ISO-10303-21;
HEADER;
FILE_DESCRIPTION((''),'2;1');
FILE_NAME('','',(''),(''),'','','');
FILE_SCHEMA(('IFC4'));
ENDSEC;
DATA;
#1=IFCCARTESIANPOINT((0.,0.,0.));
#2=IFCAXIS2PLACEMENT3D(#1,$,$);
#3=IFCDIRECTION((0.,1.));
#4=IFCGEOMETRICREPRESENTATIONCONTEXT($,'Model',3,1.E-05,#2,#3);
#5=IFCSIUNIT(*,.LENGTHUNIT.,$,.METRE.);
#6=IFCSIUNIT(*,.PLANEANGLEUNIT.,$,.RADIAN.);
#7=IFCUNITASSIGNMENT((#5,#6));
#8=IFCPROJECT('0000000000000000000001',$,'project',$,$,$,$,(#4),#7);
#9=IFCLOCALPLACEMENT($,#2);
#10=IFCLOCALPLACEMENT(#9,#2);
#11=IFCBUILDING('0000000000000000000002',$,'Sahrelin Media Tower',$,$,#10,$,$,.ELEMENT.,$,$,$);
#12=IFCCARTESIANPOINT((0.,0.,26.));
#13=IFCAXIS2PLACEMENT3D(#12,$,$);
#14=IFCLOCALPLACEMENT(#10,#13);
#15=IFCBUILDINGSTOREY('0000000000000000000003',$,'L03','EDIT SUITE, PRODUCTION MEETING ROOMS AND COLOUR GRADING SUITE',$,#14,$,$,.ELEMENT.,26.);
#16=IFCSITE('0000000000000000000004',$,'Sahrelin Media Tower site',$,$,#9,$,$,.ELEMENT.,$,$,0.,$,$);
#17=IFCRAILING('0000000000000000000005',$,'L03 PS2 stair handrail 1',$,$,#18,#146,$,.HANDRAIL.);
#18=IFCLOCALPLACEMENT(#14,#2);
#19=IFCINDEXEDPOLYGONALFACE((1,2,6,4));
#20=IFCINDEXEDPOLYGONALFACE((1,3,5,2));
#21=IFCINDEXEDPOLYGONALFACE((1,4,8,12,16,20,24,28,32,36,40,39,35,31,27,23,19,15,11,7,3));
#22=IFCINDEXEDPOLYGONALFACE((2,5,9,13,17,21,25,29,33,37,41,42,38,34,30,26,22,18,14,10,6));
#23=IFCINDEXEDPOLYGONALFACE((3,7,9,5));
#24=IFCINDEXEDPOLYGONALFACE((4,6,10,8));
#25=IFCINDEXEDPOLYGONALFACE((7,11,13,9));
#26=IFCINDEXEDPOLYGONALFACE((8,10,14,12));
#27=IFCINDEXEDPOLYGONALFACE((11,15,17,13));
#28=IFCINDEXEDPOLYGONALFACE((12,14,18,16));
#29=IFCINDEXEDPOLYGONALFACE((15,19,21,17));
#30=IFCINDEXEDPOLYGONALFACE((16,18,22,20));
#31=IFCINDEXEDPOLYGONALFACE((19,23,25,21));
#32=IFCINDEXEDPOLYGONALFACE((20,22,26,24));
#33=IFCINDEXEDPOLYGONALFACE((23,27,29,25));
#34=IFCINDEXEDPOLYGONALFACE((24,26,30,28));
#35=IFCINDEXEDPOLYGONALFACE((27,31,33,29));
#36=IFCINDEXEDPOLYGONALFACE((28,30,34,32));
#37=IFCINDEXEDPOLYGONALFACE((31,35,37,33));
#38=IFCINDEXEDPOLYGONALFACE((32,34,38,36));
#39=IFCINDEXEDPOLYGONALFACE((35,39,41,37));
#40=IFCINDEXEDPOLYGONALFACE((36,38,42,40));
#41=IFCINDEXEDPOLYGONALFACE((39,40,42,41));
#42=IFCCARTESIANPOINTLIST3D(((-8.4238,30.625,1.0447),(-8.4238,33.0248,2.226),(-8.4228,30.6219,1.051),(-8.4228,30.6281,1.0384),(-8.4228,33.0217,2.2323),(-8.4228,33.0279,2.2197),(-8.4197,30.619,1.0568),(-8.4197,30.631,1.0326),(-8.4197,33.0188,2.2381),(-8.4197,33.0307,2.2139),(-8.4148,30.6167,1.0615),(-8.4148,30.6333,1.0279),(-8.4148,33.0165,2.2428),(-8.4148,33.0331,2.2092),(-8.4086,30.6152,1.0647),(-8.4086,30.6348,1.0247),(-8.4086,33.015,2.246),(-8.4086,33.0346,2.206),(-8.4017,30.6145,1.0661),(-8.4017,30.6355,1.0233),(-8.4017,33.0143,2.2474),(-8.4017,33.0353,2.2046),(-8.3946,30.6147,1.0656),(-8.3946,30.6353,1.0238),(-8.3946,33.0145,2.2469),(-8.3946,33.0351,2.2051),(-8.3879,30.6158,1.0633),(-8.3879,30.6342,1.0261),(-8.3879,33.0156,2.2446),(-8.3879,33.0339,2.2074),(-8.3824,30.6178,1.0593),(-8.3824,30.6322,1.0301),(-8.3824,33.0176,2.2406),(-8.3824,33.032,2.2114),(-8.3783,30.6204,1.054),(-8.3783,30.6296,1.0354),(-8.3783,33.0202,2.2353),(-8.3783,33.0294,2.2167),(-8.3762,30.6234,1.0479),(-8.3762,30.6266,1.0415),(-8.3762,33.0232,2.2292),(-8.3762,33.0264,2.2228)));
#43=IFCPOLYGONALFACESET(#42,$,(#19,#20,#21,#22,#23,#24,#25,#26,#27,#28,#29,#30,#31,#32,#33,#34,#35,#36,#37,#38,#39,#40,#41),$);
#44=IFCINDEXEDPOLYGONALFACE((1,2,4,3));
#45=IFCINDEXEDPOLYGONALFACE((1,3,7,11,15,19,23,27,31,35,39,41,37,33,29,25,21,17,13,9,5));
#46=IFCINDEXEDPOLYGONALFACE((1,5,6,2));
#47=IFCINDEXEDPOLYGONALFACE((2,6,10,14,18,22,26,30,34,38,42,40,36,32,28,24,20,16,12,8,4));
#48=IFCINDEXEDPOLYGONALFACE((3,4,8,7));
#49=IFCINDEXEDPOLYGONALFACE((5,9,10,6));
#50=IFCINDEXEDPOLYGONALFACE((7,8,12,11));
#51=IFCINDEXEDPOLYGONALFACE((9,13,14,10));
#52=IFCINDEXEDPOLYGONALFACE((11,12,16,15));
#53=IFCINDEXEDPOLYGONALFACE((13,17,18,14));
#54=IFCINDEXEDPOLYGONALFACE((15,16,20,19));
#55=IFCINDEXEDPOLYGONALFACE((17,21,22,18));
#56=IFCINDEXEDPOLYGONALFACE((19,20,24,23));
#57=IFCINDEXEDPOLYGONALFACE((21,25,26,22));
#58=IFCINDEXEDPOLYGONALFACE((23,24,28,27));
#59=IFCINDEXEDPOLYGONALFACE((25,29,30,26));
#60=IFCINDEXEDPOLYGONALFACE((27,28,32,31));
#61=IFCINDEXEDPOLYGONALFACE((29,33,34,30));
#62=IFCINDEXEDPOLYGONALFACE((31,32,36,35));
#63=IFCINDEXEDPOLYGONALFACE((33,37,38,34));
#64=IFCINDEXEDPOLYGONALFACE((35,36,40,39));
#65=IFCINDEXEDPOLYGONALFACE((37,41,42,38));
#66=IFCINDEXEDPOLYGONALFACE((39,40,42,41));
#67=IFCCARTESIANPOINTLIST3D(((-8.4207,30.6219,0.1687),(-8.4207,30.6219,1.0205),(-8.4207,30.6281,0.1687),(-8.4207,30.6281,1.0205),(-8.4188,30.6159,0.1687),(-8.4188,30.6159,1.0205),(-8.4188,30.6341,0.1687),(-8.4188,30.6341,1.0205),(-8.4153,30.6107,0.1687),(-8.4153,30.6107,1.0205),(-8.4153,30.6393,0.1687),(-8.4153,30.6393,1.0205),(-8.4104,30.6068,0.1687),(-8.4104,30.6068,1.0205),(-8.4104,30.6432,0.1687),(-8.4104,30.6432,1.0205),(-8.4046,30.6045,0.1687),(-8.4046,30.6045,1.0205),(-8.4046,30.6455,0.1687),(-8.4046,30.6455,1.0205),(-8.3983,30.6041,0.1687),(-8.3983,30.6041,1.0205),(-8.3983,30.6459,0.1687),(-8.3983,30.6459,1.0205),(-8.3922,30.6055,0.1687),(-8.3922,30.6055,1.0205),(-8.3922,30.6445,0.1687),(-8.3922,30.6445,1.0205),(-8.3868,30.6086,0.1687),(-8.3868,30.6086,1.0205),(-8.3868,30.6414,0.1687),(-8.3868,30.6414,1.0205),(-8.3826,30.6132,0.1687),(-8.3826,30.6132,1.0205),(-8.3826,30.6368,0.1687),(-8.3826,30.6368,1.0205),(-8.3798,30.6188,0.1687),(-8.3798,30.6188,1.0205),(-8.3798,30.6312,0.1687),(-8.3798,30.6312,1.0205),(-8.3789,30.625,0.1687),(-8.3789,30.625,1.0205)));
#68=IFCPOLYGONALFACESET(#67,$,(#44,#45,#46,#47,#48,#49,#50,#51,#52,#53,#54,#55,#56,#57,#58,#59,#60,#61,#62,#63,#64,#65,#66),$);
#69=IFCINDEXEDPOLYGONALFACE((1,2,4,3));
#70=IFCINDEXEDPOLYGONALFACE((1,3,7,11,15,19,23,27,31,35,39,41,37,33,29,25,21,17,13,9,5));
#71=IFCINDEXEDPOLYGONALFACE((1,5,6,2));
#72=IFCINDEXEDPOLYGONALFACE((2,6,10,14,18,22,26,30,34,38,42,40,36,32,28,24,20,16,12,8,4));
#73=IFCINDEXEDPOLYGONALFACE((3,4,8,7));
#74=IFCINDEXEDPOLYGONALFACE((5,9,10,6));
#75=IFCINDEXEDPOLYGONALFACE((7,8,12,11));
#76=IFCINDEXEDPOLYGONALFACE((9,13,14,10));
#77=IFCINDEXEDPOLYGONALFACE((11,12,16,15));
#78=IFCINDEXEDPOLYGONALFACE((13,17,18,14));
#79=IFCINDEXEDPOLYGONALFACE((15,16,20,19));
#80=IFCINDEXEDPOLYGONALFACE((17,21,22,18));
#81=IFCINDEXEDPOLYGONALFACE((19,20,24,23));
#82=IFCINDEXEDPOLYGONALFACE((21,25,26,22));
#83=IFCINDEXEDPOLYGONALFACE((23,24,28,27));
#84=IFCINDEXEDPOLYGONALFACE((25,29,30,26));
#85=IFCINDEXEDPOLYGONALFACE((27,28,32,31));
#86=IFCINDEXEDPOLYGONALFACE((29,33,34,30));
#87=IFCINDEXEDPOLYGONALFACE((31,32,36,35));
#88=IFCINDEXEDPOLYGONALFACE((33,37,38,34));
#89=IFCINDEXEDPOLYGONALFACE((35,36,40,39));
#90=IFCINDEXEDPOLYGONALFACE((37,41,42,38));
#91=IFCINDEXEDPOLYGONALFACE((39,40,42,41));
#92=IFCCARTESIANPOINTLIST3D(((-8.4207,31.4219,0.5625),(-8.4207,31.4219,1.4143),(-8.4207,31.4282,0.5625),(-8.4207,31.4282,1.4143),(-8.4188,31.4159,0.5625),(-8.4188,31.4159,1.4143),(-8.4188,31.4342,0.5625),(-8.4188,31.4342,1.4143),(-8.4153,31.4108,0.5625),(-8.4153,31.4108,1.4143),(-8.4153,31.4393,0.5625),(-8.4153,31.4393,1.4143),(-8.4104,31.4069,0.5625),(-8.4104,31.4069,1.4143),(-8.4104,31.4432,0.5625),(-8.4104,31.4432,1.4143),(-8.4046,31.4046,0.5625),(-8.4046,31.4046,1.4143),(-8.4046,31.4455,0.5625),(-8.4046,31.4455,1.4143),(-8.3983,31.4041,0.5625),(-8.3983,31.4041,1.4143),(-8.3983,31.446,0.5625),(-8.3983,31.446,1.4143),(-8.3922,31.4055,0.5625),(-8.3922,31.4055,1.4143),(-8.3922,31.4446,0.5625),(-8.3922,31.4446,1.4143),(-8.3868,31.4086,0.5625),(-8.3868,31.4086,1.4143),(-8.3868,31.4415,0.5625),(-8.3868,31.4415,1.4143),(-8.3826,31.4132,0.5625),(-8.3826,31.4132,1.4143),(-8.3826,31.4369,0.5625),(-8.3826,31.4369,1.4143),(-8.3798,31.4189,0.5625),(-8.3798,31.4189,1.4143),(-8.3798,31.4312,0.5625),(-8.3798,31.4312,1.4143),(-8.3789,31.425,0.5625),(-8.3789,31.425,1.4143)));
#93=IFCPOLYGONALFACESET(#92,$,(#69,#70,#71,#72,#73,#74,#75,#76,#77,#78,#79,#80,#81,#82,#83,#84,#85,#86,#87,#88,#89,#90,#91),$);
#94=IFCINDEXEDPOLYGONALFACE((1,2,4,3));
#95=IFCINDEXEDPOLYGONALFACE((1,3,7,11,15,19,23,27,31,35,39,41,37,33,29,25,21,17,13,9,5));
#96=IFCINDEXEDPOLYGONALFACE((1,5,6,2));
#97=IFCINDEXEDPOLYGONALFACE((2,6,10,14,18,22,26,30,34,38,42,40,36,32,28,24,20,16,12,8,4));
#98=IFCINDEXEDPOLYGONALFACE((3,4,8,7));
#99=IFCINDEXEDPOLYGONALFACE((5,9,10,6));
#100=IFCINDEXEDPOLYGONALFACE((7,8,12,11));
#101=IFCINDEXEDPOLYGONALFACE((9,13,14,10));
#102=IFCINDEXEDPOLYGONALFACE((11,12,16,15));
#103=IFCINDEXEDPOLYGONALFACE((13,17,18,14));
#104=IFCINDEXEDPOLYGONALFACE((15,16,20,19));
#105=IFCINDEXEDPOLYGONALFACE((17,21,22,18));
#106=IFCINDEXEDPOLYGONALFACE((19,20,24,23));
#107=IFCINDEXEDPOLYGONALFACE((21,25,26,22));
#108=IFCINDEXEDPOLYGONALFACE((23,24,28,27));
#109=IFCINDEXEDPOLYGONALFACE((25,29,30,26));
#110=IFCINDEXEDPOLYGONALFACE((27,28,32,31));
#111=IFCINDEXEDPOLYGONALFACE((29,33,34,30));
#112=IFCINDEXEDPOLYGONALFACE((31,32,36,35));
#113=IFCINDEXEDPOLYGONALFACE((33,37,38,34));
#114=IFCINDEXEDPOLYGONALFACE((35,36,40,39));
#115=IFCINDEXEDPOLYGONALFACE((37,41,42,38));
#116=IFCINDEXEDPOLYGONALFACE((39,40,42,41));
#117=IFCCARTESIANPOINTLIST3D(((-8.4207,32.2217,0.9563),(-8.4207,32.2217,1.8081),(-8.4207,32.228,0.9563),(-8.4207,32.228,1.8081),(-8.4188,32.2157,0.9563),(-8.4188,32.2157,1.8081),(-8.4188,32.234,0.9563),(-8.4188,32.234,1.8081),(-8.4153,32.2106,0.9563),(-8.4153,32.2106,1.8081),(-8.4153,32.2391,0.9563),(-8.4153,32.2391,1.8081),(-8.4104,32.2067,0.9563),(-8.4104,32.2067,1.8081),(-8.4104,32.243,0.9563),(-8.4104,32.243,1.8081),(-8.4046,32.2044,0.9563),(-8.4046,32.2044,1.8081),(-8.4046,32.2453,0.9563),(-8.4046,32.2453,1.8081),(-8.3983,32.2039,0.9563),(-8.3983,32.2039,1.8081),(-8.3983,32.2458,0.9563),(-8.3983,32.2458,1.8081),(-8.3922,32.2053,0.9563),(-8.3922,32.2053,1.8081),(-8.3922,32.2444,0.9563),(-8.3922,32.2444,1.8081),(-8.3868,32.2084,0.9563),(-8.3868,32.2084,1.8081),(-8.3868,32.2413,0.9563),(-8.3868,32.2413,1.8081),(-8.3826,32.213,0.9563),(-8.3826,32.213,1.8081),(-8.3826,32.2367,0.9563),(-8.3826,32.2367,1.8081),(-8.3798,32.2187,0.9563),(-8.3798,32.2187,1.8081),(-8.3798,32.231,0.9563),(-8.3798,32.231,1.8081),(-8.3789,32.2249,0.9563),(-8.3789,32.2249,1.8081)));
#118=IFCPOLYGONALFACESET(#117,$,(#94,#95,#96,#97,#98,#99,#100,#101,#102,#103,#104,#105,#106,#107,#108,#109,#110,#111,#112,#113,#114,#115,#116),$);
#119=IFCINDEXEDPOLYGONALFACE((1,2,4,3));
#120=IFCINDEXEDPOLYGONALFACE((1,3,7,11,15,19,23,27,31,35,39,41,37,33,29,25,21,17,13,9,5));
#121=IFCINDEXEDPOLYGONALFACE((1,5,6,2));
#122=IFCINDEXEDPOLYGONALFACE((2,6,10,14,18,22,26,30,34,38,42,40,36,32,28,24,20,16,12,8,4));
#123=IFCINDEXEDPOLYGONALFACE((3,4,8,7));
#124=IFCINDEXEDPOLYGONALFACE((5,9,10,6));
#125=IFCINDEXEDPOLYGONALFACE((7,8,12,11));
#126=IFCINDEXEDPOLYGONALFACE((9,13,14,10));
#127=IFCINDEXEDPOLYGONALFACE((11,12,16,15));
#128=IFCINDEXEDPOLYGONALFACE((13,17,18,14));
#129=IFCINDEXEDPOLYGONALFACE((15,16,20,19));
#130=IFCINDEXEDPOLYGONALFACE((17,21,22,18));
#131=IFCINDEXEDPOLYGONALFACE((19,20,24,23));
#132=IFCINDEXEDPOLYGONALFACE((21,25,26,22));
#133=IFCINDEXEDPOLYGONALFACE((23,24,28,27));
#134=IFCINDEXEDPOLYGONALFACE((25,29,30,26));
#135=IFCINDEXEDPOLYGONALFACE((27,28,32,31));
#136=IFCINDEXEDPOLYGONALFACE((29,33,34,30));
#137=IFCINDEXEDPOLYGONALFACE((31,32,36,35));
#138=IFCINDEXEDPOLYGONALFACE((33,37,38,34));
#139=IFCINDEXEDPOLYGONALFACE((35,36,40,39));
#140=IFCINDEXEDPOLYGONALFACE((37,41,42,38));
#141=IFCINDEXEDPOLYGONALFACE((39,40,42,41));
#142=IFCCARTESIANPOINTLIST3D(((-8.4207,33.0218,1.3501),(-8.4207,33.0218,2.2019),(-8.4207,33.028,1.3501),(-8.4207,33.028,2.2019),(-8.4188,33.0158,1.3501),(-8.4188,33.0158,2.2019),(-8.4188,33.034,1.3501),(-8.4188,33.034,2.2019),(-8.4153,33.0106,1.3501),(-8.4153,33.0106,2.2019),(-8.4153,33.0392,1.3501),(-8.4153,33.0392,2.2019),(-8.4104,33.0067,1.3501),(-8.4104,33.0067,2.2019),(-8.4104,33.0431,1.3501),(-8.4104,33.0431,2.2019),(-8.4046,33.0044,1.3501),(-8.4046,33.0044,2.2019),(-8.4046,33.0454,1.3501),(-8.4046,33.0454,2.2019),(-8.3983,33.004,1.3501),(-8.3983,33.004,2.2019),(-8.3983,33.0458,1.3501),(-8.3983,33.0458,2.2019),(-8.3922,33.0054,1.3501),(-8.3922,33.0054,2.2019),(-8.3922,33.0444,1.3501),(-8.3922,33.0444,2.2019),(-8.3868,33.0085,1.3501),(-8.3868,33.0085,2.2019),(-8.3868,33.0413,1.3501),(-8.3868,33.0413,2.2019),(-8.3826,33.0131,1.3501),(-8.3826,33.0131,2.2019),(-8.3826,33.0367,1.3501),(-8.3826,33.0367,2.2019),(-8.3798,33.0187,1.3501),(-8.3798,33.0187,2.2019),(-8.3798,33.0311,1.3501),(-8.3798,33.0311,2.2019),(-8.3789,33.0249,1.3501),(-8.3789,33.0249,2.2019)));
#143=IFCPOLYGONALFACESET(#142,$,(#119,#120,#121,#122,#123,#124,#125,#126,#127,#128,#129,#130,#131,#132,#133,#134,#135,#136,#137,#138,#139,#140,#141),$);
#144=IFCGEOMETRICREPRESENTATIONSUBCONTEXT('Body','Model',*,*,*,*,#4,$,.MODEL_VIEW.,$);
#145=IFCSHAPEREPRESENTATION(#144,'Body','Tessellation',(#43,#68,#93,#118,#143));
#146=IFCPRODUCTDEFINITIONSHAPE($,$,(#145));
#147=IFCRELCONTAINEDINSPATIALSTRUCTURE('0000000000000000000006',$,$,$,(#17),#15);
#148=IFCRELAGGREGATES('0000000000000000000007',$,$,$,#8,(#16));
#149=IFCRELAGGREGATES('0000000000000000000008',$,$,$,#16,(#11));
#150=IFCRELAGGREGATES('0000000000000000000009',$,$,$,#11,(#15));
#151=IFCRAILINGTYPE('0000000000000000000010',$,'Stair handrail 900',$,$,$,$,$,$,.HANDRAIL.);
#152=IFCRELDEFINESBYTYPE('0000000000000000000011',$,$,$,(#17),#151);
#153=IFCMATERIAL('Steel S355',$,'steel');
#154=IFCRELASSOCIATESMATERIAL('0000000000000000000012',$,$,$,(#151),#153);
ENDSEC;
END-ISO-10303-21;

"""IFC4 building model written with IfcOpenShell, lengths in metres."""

from ifc_helpers import new_model, si_unit, direction, frame, origin, origin_2d, place, context, subcontext, project, spatial, circle, extrude, material, type_object, element, save


model = new_model("IFC4")

# Units and contexts
model_context = context("Model", 3, precision=1e-05, world=origin(), true_north=direction((0.0, 1.0)))
body_context = subcontext(model_context, "Body", "Model", "MODEL_VIEW")
ifc_project = project(units=[si_unit("LENGTHUNIT", "METRE"), si_unit("PLANEANGLEUNIT", "RADIAN")], contexts=[model_context])

# Site, building, storey
site_placement = place(None, origin())
site = spatial("IfcSite", under=ifc_project, at=site_placement, Name="Sahrelin Media Tower site", CompositionType="ELEMENT", RefElevation=0.0)
building_placement = place(site_placement, origin())
building = spatial("IfcBuilding", under=site, at=building_placement, Name="Sahrelin Media Tower", CompositionType="ELEMENT")
storey_placement = place(building_placement, frame((0.0, 0.0, 26.0)))
storey = spatial("IfcBuildingStorey", under=building, at=storey_placement, Name="L03", Description="EDIT SUITE, PRODUCTION MEETING ROOMS AND COLOUR GRADING SUITE", CompositionType="ELEMENT", Elevation=26.0)

# Shared definitions
ifc_material_1 = material(Name="Steel S355", Category="steel")

# Railing
railing_type = type_object("IfcRailingType", Name="Stair handrail 900", PredefinedType="HANDRAIL", material=ifc_material_1)
for number, where, name in (
    (1, (-8.3999, 30.625, 0.1687), "L03 PS2 stair handrail 1"),
):
    element("IfcRailing", number, at=place(storey_placement, frame(where)), inside=storey, type_object=railing_type, Name=name, PredefinedType="HANDRAIL", context=body_context, shape_type="SweptSolid", body=[
        extrude(circle(Radius=0.0239, at=origin_2d()), frame((0.0, 0.0, 0.876), z_axis=(0.0, 0.897185, 0.441656), x_axis=(-1.0, 0.0, 0.0)), (0.0, 0.0, 1.0), 2.6748),
        extrude(circle(Radius=0.021, at=origin_2d()), origin(), (0.0, 0.0, 1.0), 0.8518),
        extrude(circle(Radius=0.021, at=origin_2d()), frame((0.0, 0.8, 0.3938)), (0.0, 0.0, 1.0), 0.8518),
        extrude(circle(Radius=0.021, at=origin_2d()), frame((0.0, 1.5999, 0.7876)), (0.0, 0.0, 1.0), 0.8518),
        extrude(circle(Radius=0.021, at=origin_2d()), frame((0.0, 2.3999, 1.1814)), (0.0, 0.0, 1.0), 0.8518),
    ])

save(model, "model.ifc")
